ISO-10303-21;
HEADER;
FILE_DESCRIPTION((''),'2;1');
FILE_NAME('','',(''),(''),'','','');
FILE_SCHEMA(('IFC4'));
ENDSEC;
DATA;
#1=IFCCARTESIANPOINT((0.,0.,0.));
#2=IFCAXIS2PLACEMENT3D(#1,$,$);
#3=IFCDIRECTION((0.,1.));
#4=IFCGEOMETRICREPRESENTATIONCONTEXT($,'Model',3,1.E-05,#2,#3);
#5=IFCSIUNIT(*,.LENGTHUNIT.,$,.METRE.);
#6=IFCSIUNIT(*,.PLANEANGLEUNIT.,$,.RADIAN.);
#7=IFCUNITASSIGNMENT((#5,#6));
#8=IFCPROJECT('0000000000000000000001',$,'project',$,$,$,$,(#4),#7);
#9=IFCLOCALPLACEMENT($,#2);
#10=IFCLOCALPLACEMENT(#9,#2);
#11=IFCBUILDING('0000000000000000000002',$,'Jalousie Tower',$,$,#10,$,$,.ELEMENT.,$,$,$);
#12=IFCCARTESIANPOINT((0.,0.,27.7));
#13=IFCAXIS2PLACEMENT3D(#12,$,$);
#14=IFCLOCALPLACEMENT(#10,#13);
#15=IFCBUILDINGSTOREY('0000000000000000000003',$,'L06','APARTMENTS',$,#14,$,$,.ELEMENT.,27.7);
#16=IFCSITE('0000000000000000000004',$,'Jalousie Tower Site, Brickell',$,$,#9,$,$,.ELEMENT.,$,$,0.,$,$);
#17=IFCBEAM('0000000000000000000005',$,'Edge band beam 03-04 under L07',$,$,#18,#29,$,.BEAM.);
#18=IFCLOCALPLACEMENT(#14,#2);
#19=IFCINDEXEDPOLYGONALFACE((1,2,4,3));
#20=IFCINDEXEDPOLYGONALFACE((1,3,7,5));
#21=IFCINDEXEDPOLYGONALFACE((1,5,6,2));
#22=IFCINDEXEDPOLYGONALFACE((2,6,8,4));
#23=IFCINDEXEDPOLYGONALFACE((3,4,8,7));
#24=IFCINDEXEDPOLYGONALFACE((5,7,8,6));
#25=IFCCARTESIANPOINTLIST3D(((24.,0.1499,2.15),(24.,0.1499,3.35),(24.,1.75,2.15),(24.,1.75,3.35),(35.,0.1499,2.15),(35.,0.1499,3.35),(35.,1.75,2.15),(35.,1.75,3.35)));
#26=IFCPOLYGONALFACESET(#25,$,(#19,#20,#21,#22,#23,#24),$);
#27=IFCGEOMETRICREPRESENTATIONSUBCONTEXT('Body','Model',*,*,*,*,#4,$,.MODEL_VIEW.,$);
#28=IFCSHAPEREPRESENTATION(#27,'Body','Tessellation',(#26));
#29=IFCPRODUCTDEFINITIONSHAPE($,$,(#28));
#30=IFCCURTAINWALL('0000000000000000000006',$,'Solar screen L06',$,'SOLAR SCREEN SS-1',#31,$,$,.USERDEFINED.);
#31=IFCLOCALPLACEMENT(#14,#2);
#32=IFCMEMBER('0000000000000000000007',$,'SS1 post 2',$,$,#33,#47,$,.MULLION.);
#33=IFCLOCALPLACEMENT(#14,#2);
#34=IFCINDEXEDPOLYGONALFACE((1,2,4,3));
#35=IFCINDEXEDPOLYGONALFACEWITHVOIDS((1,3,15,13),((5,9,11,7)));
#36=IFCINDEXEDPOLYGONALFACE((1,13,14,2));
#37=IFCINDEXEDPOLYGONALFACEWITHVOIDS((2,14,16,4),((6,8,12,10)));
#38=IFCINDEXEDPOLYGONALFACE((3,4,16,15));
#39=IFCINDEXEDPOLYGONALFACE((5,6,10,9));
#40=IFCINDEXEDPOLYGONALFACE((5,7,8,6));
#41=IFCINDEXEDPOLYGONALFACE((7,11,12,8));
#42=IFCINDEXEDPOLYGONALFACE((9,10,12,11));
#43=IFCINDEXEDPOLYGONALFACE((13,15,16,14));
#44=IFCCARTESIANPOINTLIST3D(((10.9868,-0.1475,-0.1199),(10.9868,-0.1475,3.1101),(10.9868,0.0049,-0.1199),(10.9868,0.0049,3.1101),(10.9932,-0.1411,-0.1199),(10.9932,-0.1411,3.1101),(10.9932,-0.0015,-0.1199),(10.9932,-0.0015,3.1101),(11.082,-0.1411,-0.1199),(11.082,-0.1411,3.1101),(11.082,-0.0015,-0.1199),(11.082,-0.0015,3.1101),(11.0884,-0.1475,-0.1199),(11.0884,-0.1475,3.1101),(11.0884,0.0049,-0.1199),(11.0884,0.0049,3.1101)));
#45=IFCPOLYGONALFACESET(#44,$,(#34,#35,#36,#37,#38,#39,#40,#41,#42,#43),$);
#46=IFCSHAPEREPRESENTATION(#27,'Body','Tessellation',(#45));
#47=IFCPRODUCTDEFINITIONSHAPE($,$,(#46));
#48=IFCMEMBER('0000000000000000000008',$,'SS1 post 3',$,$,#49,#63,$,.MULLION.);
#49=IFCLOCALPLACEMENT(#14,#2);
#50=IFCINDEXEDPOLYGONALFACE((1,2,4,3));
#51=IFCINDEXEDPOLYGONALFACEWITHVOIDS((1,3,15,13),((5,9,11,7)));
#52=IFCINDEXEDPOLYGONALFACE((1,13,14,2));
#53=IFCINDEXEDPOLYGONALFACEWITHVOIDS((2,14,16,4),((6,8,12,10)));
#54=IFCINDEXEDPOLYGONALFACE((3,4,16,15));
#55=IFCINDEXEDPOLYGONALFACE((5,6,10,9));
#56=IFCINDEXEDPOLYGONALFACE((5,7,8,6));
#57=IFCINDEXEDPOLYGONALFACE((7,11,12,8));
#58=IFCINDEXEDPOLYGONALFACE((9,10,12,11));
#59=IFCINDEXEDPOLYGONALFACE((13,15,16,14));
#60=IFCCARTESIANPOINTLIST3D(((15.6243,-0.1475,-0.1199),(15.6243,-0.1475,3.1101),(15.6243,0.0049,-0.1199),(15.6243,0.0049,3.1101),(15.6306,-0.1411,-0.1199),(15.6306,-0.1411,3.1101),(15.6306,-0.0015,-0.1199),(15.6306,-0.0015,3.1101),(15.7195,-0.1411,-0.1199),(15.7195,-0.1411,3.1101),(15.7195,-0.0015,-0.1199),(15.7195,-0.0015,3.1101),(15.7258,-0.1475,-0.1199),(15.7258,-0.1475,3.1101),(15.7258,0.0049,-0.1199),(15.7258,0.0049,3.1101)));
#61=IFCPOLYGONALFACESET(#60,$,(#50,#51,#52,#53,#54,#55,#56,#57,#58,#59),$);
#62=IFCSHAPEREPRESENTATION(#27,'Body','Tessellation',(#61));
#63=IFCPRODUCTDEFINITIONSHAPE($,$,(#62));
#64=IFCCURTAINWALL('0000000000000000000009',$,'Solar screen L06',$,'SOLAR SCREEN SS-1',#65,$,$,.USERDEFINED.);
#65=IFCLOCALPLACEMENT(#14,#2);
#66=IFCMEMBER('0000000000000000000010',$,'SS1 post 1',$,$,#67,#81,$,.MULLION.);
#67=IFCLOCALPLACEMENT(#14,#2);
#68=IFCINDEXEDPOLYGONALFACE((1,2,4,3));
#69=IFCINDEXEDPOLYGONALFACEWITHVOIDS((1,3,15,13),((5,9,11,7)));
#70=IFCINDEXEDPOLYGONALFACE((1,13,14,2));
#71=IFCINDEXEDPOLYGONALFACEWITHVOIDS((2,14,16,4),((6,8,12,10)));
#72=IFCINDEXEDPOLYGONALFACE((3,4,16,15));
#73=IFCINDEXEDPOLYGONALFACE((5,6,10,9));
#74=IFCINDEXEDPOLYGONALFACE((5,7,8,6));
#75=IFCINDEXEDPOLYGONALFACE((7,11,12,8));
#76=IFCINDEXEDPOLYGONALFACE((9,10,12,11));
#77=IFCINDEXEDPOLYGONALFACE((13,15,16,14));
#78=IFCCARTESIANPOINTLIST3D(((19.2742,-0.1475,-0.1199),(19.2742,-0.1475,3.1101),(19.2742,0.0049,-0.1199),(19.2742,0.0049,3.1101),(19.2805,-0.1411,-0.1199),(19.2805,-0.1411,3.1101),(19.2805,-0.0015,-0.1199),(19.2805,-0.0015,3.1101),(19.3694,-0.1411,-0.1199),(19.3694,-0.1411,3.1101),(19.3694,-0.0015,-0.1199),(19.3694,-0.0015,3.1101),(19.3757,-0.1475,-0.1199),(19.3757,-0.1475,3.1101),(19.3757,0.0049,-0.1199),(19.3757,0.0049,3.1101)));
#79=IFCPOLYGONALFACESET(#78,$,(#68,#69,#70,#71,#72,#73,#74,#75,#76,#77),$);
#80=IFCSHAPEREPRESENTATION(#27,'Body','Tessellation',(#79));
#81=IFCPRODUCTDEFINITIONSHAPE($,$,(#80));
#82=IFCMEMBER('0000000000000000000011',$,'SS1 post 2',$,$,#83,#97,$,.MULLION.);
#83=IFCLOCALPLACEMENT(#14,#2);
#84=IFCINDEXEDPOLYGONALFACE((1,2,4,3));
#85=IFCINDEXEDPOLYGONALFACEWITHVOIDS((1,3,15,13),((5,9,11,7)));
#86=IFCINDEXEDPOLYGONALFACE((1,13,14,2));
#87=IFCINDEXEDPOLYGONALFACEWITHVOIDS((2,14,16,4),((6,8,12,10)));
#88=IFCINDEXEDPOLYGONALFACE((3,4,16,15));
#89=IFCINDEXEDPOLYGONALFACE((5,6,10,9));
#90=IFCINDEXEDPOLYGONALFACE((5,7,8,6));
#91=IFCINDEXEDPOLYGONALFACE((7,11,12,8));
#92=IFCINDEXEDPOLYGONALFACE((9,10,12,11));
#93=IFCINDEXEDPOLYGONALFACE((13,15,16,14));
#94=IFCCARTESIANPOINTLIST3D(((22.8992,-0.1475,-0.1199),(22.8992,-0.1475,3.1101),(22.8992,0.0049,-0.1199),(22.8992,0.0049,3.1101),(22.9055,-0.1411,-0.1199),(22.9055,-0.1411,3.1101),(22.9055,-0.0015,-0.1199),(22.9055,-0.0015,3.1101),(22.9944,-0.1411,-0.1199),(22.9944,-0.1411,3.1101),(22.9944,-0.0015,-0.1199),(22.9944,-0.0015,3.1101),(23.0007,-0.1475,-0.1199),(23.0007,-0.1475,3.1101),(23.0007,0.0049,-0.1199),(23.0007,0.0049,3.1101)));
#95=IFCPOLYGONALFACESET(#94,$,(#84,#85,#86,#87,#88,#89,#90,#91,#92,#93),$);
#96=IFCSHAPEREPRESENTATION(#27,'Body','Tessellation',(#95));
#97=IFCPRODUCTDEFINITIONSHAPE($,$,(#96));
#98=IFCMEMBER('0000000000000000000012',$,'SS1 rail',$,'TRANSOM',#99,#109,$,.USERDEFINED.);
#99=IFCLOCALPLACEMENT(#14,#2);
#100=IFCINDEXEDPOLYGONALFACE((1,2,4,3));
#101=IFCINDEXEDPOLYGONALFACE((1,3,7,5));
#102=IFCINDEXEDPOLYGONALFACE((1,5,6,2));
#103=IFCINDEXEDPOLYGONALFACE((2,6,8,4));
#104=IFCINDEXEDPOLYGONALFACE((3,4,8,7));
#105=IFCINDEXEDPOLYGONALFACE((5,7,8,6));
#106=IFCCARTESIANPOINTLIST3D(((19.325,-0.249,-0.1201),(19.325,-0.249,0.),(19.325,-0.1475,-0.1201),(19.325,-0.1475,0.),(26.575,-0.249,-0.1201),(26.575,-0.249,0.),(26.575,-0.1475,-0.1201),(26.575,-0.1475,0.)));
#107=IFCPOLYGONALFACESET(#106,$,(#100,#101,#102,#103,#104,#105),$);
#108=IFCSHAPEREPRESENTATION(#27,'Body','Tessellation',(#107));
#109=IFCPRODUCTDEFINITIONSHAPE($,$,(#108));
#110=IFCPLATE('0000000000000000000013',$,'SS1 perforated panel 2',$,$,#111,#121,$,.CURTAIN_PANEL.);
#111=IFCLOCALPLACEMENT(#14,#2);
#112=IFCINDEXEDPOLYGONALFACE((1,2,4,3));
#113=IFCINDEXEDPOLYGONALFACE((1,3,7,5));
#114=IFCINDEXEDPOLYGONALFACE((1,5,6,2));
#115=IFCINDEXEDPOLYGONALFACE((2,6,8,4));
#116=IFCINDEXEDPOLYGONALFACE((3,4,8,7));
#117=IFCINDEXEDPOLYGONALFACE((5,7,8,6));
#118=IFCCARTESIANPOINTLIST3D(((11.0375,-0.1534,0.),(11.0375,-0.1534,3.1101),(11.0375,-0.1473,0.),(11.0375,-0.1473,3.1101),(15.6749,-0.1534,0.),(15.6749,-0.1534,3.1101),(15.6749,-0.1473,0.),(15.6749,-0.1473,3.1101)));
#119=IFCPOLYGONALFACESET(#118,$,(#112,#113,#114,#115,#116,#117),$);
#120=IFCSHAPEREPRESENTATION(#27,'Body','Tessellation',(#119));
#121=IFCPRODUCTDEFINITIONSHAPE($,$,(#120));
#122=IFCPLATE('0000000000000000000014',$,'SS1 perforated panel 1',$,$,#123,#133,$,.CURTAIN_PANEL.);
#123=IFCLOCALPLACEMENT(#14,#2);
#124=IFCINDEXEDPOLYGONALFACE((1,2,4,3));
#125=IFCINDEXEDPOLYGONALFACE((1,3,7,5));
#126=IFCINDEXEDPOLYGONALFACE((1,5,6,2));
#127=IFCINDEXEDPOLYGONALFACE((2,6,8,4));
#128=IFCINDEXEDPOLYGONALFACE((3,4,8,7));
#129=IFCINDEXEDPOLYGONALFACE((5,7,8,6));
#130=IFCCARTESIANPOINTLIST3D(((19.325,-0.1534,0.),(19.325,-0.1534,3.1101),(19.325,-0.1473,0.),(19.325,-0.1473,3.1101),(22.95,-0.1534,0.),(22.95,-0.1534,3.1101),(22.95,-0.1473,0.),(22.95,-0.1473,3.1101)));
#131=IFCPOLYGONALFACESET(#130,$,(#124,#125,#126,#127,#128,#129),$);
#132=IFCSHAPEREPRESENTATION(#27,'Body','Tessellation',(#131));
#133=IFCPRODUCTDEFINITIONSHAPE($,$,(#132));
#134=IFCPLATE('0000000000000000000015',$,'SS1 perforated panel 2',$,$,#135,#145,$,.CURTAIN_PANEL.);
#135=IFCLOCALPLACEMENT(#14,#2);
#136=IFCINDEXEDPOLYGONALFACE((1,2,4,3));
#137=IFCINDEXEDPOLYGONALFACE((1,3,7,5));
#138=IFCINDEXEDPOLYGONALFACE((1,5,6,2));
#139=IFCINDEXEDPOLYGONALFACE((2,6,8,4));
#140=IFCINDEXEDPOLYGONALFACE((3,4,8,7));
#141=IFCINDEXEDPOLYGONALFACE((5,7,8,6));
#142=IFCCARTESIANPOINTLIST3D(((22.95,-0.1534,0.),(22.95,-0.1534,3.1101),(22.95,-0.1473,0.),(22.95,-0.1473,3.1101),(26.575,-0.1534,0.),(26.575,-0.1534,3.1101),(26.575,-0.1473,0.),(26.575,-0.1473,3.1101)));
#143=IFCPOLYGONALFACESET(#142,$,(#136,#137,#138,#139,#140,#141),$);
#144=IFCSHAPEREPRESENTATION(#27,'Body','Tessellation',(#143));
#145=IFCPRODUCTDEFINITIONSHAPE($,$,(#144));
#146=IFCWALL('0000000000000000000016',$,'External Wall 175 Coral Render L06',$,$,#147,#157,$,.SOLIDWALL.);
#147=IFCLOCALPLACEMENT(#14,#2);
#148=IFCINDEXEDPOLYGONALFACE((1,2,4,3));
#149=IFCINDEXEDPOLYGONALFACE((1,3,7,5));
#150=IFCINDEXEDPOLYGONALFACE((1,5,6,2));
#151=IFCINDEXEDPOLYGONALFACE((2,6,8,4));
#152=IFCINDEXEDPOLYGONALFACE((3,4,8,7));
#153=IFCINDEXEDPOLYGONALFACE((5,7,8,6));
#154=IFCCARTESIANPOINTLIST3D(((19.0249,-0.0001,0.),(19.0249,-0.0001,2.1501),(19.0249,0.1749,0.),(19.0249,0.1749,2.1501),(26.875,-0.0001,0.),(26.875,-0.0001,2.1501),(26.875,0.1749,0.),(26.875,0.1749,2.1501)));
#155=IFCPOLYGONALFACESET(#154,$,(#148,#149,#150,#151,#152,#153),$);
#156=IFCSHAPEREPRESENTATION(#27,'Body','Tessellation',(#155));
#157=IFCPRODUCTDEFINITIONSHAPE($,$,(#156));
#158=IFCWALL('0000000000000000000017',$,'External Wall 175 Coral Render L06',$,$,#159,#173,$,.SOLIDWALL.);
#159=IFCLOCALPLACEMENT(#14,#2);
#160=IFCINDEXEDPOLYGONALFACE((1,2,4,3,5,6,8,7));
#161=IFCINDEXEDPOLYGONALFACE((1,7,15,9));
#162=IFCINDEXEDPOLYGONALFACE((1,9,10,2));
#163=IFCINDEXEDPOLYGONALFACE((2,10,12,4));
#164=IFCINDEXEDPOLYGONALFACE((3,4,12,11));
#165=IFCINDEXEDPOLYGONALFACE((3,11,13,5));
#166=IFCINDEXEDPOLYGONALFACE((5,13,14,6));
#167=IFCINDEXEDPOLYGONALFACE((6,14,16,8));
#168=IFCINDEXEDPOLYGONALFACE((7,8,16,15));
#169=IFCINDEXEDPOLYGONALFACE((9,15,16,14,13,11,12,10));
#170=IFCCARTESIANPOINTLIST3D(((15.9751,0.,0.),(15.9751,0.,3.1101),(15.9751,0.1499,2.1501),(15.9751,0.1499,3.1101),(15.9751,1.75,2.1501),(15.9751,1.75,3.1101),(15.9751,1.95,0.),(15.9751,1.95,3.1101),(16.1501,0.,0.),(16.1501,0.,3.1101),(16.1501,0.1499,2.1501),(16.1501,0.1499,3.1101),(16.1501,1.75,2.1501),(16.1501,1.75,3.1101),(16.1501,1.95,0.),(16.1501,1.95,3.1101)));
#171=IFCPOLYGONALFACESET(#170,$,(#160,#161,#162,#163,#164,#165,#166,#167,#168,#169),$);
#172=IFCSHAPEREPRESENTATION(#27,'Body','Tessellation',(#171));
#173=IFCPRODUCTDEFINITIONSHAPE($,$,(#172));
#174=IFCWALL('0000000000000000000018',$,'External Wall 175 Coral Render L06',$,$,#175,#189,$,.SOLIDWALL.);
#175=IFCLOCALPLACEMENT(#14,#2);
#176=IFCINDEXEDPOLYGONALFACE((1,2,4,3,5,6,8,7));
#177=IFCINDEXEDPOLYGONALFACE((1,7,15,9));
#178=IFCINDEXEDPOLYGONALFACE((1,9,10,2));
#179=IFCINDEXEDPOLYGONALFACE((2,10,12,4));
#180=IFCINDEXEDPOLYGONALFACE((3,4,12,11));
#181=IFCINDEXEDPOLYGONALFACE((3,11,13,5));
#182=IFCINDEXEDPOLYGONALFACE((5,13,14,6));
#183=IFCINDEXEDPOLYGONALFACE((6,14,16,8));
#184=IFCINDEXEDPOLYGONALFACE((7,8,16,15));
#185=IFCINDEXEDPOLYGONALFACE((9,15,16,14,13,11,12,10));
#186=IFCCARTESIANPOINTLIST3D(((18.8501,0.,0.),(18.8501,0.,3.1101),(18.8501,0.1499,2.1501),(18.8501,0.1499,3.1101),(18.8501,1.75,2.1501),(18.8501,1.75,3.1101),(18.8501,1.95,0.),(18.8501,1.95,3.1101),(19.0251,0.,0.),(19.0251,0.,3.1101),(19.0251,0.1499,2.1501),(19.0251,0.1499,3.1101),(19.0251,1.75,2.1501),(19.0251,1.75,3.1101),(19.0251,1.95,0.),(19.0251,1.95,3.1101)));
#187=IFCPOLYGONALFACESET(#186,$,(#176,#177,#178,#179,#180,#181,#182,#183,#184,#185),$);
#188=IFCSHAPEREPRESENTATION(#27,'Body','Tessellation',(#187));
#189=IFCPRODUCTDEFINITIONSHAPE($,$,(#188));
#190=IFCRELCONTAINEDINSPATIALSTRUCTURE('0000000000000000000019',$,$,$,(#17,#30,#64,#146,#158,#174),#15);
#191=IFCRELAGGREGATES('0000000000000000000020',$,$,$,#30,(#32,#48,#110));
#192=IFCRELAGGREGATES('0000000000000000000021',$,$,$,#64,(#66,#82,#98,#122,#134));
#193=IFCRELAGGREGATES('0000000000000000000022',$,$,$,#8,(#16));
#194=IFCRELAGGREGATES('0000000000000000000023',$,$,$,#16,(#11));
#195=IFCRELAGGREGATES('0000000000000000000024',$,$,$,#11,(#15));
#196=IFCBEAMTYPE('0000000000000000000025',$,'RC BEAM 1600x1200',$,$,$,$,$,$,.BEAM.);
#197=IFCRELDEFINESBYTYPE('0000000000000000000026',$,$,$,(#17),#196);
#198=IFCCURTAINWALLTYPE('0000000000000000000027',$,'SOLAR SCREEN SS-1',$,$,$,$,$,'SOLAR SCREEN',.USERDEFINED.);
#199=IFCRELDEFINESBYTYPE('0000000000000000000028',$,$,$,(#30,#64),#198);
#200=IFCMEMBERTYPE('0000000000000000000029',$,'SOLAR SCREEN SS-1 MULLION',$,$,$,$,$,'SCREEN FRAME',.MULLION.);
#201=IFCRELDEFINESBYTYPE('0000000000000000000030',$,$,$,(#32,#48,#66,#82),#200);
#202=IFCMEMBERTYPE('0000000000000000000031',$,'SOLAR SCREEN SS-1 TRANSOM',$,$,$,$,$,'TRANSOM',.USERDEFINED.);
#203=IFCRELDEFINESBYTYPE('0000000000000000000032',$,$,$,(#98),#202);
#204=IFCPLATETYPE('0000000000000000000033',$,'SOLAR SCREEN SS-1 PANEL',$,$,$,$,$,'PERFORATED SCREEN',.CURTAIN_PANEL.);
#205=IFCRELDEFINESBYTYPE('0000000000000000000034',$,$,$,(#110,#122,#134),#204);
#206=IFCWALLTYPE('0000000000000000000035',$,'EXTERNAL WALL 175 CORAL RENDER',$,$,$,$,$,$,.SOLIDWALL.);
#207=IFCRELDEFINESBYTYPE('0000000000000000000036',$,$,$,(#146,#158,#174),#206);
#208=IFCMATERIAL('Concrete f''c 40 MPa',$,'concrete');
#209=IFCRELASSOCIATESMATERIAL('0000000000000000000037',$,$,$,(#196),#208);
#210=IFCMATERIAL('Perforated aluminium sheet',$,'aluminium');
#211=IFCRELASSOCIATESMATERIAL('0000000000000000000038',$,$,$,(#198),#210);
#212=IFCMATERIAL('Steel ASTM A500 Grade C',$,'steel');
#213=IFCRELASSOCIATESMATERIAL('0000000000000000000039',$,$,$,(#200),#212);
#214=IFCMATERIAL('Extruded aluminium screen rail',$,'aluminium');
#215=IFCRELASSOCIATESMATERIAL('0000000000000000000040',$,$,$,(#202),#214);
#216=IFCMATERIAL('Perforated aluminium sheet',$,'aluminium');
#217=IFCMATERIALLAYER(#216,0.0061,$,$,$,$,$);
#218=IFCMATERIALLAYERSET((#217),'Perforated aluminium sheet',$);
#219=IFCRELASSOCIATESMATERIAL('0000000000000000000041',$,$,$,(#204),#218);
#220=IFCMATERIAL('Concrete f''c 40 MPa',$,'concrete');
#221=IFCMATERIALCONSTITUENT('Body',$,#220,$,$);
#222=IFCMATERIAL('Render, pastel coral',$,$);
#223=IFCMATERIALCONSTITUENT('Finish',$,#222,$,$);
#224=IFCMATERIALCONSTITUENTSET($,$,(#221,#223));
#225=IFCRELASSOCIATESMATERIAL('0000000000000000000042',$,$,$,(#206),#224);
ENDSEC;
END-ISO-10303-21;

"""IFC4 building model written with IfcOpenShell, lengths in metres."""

from ifc_helpers import new_model, si_unit, direction, frame, frame_2d, origin, origin_2d, place, context, subcontext, project, spatial, polyline, rectangle, hollow_rectangle, outline, extrude, material, layer, layer_set, constituent, constituent_set, material_profile, profile_set, type_object, element, aggregate, save


model = new_model("IFC4")

# Units and contexts
model_context = context("Model", 3, precision=1e-05, world=origin(), true_north=direction((0.0, 1.0)))
body_context = subcontext(model_context, "Body", "Model", "MODEL_VIEW")
ifc_project = project(units=[si_unit("LENGTHUNIT", "METRE"), si_unit("PLANEANGLEUNIT", "RADIAN")], contexts=[model_context])

# Site, building, storey
site_placement = place(None, origin())
site = spatial("IfcSite", under=ifc_project, at=site_placement, Name="Jalousie Tower Site, Brickell", CompositionType="ELEMENT", RefElevation=0.0)
building_placement = place(site_placement, origin())
building = spatial("IfcBuilding", under=site, at=building_placement, Name="Jalousie Tower", CompositionType="ELEMENT")
storey_placement = place(building_placement, frame((0.0, 0.0, 27.7)))
storey = spatial("IfcBuildingStorey", under=building, at=storey_placement, Name="L06", Description="APARTMENTS", CompositionType="ELEMENT", Elevation=27.7)

# Beam
ifc_material_1 = material(Name="Concrete f'c 40 MPa", Category="concrete")
ifc_material_profile_1 = material_profile(ifc_material_1, rectangle(XDim=1.6001, YDim=1.2, at=origin_2d()), Name="RC 1600x1200")
ifc_profile_set_1 = profile_set([ifc_material_profile_1], Name="Concrete f'c 40 MPa")
beam_type_1 = type_object("IfcBeamType", Name="RC BEAM 1600x1200", PredefinedType="BEAM", material=ifc_profile_set_1)
for number, where, z_axis, x_axis, name in (
    (1, (24.0, 0.95, 2.75), (1.0, 0.0, 0.0), (0.0, 1.0, 0.0), "Edge band beam 03-04 under L07"),
):
    element("IfcBeam", number, at=place(storey_placement, frame(where, z_axis=z_axis, x_axis=x_axis)), inside=storey, type_object=beam_type_1, Name=name, PredefinedType="BEAM", context=body_context, shape_type="SweptSolid", body=[
        extrude(rectangle(XDim=1.6001, YDim=1.2, at=origin_2d()), origin(), (0.0, 0.0, 1.0), 11.0),
    ])

# Curtain walls, members
ifc_material_2 = material(Name="Perforated aluminium sheet", Category="aluminium")
curtain_wall_type = type_object("IfcCurtainWallType", Name="SOLAR SCREEN SS-1", ElementType="SOLAR SCREEN", PredefinedType="USERDEFINED", material=ifc_material_2)
curtain_wall_1_placement = place(storey_placement, origin())
curtain_wall_1 = element("IfcCurtainWall", 2, at=curtain_wall_1_placement, inside=storey, type_object=curtain_wall_type, Name="Solar screen L06", ObjectType="SOLAR SCREEN SS-1", PredefinedType="USERDEFINED")
ifc_material_3 = material(Name="Steel ASTM A500 Grade C", Category="steel")
ifc_material_profile_2 = material_profile(ifc_material_3, hollow_rectangle(XDim=0.1016, YDim=0.1523, WallThickness=0.0063, at=origin_2d()), Name="HSS6X4X1/4")
ifc_profile_set_2 = profile_set([ifc_material_profile_2], Name="Steel ASTM A500 Grade C")
member_type_1 = type_object("IfcMemberType", Name="SOLAR SCREEN SS-1 MULLION", ElementType="SCREEN FRAME", PredefinedType="MULLION", material=ifc_profile_set_2)
member_1_placement = place(storey_placement, frame((11.0376, -0.0713, -0.1199), z_axis=(0.0, 0.0, 1.0), x_axis=(1.0, 0.0, 0.0)))
member_1 = element("IfcMember", 3, at=member_1_placement, type_object=member_type_1, Name="SS1 post 2", PredefinedType="MULLION", context=body_context, shape_type="SweptSolid", body=[
    extrude(hollow_rectangle(XDim=0.1016, YDim=0.1523, WallThickness=0.0063, at=origin_2d()), origin(), (0.0, 0.0, 1.0), 3.23),
])
member_2_placement = place(storey_placement, frame((15.675, -0.0713, -0.1199), z_axis=(0.0, 0.0, 1.0), x_axis=(1.0, 0.0, 0.0)))
member_2 = element("IfcMember", 4, at=member_2_placement, type_object=member_type_1, Name="SS1 post 3", PredefinedType="MULLION", context=body_context, shape_type="SweptSolid", body=[
    extrude(hollow_rectangle(XDim=0.1016, YDim=0.1523, WallThickness=0.0063, at=origin_2d()), origin(), (0.0, 0.0, 1.0), 3.23),
])
curtain_wall_2_placement = place(storey_placement, origin())
curtain_wall_2 = element("IfcCurtainWall", 5, at=curtain_wall_2_placement, inside=storey, type_object=curtain_wall_type, Name="Solar screen L06", ObjectType="SOLAR SCREEN SS-1", PredefinedType="USERDEFINED")
member_3_placement = place(storey_placement, frame((19.325, -0.0713, -0.1199), z_axis=(0.0, 0.0, 1.0), x_axis=(1.0, 0.0, 0.0)))
member_3 = element("IfcMember", 6, at=member_3_placement, type_object=member_type_1, Name="SS1 post 1", PredefinedType="MULLION", context=body_context, shape_type="SweptSolid", body=[
    extrude(hollow_rectangle(XDim=0.1016, YDim=0.1523, WallThickness=0.0063, at=origin_2d()), origin(), (0.0, 0.0, 1.0), 3.23),
])
member_4_placement = place(storey_placement, frame((22.95, -0.0713, -0.1199), z_axis=(0.0, 0.0, 1.0), x_axis=(1.0, 0.0, 0.0)))
member_4 = element("IfcMember", 7, at=member_4_placement, type_object=member_type_1, Name="SS1 post 2", PredefinedType="MULLION", context=body_context, shape_type="SweptSolid", body=[
    extrude(hollow_rectangle(XDim=0.1016, YDim=0.1523, WallThickness=0.0063, at=origin_2d()), origin(), (0.0, 0.0, 1.0), 3.23),
])
ifc_material_4 = material(Name="Extruded aluminium screen rail", Category="aluminium")
ifc_material_profile_3 = material_profile(ifc_material_4, rectangle(XDim=0.1016, YDim=0.1201, at=origin_2d()), Name="RAIL 102x120")
ifc_profile_set_3 = profile_set([ifc_material_profile_3], Name="Extruded aluminium screen rail")
member_type_2 = type_object("IfcMemberType", Name="SOLAR SCREEN SS-1 TRANSOM", ElementType="TRANSOM", PredefinedType="USERDEFINED", material=ifc_profile_set_3)
member_5_placement = place(storey_placement, frame((19.325, -0.1982, -0.0601), z_axis=(1.0, 0.0, 0.0), x_axis=(0.0, 1.0, 0.0)))
member_5 = element("IfcMember", 8, at=member_5_placement, type_object=member_type_2, Name="SS1 rail", ObjectType="TRANSOM", PredefinedType="USERDEFINED", context=body_context, shape_type="SweptSolid", body=[
    extrude(rectangle(XDim=0.1016, YDim=0.1201, at=origin_2d()), origin(), (0.0, 0.0, 1.0), 7.25),
])

# Plates
ifc_material_5 = material(Name="Perforated aluminium sheet", Category="aluminium")
ifc_layer_1 = layer(ifc_material_5, 0.0061)
ifc_layer_set_1 = layer_set([ifc_layer_1], Name="Perforated aluminium sheet")
plate_type = type_object("IfcPlateType", Name="SOLAR SCREEN SS-1 PANEL", ElementType="PERFORATED SCREEN", PredefinedType="CURTAIN_PANEL", material=ifc_layer_set_1)
plate_1_placement = place(storey_placement, frame((13.3562, -0.1504, 0.0), z_axis=(0.0, 0.0, 1.0), x_axis=(1.0, 0.0, 0.0)))
plate_1 = element("IfcPlate", 9, at=plate_1_placement, type_object=plate_type, Name="SS1 perforated panel 2", PredefinedType="CURTAIN_PANEL", context=body_context, shape_type="SweptSolid", body=[
    extrude(rectangle(XDim=4.6375, YDim=0.0061, at=origin_2d()), origin(), (0.0, 0.0, 1.0), 3.1101),
])
aggregate(curtain_wall_1, [member_1, member_2, plate_1])
plate_2_placement = place(storey_placement, frame((21.1375, -0.1504, 0.0), z_axis=(0.0, 0.0, 1.0), x_axis=(1.0, 0.0, 0.0)))
plate_2 = element("IfcPlate", 10, at=plate_2_placement, type_object=plate_type, Name="SS1 perforated panel 1", PredefinedType="CURTAIN_PANEL", context=body_context, shape_type="SweptSolid", body=[
    extrude(rectangle(XDim=3.625, YDim=0.0061, at=origin_2d()), origin(), (0.0, 0.0, 1.0), 3.1101),
])
plate_3_placement = place(storey_placement, frame((24.7625, -0.1504, 0.0), z_axis=(0.0, 0.0, 1.0), x_axis=(1.0, 0.0, 0.0)))
plate_3 = element("IfcPlate", 11, at=plate_3_placement, type_object=plate_type, Name="SS1 perforated panel 2", PredefinedType="CURTAIN_PANEL", context=body_context, shape_type="SweptSolid", body=[
    extrude(rectangle(XDim=3.625, YDim=0.0061, at=origin_2d()), origin(), (0.0, 0.0, 1.0), 3.1101),
])
aggregate(curtain_wall_2, [member_3, member_4, member_5, plate_2, plate_3])

# Walls
ifc_material_6 = material(Name="Concrete f'c 40 MPa", Category="concrete")
ifc_constituent_1 = constituent(ifc_material_6, Name="Body")
ifc_material_7 = material(Name="Render, pastel coral")
ifc_constituent_2 = constituent(ifc_material_7, Name="Finish")
ifc_constituent_set_1 = constituent_set(constituents=[ifc_constituent_1, ifc_constituent_2])
wall_type_1 = type_object("IfcWallType", Name="EXTERNAL WALL 175 CORAL RENDER", PredefinedType="SOLIDWALL", material=ifc_constituent_set_1)
wall_1_placement = place(storey_placement, frame((19.0249, 0.0874, 0.0), z_axis=(0.0, 0.0, 1.0), x_axis=(1.0, 0.0, 0.0)))
element("IfcWall", 12, at=wall_1_placement, inside=storey, type_object=wall_type_1, Name="External Wall 175 Coral Render L06", PredefinedType="SOLIDWALL", context=body_context, shape_type="SweptSolid", body=[
    extrude(rectangle(XDim=7.8501, YDim=0.175, at=frame_2d((3.925, 0.0))), origin(), (0.0, 0.0, 1.0), 2.1501),
])
for number, where, z_axis, x_axis, name in (
    (13, (16.0625, 0.0, 0.0), (0.0, 0.0, 1.0), (0.0, 1.0, 0.0), "External Wall 175 Coral Render L06"),
    (14, (18.9375, 0.0, 0.0), (0.0, 0.0, 1.0), (0.0, 1.0, 0.0), "External Wall 175 Coral Render L06"),
):
    element("IfcWall", number, at=place(storey_placement, frame(where, z_axis=z_axis, x_axis=x_axis)), inside=storey, type_object=wall_type_1, Name=name, PredefinedType="SOLIDWALL", context=body_context, shape_type="SweptSolid", body=[
        extrude(outline(polyline([(0.0, 0.0), (1.95, 0.0), (1.95, 3.1101), (1.75, 3.1101), (1.75, 2.1501), (0.1499, 2.1501), (0.1499, 3.1101), (0.0, 3.1101), (0.0, 0.0)])), frame((0.0, 0.0874, 0.0), z_axis=(0.0, -1.0, 0.0), x_axis=(1.0, 0.0, 0.0)), (0.0, 0.0, 1.0), 0.175),
    ])

save(model, "model.ifc")
